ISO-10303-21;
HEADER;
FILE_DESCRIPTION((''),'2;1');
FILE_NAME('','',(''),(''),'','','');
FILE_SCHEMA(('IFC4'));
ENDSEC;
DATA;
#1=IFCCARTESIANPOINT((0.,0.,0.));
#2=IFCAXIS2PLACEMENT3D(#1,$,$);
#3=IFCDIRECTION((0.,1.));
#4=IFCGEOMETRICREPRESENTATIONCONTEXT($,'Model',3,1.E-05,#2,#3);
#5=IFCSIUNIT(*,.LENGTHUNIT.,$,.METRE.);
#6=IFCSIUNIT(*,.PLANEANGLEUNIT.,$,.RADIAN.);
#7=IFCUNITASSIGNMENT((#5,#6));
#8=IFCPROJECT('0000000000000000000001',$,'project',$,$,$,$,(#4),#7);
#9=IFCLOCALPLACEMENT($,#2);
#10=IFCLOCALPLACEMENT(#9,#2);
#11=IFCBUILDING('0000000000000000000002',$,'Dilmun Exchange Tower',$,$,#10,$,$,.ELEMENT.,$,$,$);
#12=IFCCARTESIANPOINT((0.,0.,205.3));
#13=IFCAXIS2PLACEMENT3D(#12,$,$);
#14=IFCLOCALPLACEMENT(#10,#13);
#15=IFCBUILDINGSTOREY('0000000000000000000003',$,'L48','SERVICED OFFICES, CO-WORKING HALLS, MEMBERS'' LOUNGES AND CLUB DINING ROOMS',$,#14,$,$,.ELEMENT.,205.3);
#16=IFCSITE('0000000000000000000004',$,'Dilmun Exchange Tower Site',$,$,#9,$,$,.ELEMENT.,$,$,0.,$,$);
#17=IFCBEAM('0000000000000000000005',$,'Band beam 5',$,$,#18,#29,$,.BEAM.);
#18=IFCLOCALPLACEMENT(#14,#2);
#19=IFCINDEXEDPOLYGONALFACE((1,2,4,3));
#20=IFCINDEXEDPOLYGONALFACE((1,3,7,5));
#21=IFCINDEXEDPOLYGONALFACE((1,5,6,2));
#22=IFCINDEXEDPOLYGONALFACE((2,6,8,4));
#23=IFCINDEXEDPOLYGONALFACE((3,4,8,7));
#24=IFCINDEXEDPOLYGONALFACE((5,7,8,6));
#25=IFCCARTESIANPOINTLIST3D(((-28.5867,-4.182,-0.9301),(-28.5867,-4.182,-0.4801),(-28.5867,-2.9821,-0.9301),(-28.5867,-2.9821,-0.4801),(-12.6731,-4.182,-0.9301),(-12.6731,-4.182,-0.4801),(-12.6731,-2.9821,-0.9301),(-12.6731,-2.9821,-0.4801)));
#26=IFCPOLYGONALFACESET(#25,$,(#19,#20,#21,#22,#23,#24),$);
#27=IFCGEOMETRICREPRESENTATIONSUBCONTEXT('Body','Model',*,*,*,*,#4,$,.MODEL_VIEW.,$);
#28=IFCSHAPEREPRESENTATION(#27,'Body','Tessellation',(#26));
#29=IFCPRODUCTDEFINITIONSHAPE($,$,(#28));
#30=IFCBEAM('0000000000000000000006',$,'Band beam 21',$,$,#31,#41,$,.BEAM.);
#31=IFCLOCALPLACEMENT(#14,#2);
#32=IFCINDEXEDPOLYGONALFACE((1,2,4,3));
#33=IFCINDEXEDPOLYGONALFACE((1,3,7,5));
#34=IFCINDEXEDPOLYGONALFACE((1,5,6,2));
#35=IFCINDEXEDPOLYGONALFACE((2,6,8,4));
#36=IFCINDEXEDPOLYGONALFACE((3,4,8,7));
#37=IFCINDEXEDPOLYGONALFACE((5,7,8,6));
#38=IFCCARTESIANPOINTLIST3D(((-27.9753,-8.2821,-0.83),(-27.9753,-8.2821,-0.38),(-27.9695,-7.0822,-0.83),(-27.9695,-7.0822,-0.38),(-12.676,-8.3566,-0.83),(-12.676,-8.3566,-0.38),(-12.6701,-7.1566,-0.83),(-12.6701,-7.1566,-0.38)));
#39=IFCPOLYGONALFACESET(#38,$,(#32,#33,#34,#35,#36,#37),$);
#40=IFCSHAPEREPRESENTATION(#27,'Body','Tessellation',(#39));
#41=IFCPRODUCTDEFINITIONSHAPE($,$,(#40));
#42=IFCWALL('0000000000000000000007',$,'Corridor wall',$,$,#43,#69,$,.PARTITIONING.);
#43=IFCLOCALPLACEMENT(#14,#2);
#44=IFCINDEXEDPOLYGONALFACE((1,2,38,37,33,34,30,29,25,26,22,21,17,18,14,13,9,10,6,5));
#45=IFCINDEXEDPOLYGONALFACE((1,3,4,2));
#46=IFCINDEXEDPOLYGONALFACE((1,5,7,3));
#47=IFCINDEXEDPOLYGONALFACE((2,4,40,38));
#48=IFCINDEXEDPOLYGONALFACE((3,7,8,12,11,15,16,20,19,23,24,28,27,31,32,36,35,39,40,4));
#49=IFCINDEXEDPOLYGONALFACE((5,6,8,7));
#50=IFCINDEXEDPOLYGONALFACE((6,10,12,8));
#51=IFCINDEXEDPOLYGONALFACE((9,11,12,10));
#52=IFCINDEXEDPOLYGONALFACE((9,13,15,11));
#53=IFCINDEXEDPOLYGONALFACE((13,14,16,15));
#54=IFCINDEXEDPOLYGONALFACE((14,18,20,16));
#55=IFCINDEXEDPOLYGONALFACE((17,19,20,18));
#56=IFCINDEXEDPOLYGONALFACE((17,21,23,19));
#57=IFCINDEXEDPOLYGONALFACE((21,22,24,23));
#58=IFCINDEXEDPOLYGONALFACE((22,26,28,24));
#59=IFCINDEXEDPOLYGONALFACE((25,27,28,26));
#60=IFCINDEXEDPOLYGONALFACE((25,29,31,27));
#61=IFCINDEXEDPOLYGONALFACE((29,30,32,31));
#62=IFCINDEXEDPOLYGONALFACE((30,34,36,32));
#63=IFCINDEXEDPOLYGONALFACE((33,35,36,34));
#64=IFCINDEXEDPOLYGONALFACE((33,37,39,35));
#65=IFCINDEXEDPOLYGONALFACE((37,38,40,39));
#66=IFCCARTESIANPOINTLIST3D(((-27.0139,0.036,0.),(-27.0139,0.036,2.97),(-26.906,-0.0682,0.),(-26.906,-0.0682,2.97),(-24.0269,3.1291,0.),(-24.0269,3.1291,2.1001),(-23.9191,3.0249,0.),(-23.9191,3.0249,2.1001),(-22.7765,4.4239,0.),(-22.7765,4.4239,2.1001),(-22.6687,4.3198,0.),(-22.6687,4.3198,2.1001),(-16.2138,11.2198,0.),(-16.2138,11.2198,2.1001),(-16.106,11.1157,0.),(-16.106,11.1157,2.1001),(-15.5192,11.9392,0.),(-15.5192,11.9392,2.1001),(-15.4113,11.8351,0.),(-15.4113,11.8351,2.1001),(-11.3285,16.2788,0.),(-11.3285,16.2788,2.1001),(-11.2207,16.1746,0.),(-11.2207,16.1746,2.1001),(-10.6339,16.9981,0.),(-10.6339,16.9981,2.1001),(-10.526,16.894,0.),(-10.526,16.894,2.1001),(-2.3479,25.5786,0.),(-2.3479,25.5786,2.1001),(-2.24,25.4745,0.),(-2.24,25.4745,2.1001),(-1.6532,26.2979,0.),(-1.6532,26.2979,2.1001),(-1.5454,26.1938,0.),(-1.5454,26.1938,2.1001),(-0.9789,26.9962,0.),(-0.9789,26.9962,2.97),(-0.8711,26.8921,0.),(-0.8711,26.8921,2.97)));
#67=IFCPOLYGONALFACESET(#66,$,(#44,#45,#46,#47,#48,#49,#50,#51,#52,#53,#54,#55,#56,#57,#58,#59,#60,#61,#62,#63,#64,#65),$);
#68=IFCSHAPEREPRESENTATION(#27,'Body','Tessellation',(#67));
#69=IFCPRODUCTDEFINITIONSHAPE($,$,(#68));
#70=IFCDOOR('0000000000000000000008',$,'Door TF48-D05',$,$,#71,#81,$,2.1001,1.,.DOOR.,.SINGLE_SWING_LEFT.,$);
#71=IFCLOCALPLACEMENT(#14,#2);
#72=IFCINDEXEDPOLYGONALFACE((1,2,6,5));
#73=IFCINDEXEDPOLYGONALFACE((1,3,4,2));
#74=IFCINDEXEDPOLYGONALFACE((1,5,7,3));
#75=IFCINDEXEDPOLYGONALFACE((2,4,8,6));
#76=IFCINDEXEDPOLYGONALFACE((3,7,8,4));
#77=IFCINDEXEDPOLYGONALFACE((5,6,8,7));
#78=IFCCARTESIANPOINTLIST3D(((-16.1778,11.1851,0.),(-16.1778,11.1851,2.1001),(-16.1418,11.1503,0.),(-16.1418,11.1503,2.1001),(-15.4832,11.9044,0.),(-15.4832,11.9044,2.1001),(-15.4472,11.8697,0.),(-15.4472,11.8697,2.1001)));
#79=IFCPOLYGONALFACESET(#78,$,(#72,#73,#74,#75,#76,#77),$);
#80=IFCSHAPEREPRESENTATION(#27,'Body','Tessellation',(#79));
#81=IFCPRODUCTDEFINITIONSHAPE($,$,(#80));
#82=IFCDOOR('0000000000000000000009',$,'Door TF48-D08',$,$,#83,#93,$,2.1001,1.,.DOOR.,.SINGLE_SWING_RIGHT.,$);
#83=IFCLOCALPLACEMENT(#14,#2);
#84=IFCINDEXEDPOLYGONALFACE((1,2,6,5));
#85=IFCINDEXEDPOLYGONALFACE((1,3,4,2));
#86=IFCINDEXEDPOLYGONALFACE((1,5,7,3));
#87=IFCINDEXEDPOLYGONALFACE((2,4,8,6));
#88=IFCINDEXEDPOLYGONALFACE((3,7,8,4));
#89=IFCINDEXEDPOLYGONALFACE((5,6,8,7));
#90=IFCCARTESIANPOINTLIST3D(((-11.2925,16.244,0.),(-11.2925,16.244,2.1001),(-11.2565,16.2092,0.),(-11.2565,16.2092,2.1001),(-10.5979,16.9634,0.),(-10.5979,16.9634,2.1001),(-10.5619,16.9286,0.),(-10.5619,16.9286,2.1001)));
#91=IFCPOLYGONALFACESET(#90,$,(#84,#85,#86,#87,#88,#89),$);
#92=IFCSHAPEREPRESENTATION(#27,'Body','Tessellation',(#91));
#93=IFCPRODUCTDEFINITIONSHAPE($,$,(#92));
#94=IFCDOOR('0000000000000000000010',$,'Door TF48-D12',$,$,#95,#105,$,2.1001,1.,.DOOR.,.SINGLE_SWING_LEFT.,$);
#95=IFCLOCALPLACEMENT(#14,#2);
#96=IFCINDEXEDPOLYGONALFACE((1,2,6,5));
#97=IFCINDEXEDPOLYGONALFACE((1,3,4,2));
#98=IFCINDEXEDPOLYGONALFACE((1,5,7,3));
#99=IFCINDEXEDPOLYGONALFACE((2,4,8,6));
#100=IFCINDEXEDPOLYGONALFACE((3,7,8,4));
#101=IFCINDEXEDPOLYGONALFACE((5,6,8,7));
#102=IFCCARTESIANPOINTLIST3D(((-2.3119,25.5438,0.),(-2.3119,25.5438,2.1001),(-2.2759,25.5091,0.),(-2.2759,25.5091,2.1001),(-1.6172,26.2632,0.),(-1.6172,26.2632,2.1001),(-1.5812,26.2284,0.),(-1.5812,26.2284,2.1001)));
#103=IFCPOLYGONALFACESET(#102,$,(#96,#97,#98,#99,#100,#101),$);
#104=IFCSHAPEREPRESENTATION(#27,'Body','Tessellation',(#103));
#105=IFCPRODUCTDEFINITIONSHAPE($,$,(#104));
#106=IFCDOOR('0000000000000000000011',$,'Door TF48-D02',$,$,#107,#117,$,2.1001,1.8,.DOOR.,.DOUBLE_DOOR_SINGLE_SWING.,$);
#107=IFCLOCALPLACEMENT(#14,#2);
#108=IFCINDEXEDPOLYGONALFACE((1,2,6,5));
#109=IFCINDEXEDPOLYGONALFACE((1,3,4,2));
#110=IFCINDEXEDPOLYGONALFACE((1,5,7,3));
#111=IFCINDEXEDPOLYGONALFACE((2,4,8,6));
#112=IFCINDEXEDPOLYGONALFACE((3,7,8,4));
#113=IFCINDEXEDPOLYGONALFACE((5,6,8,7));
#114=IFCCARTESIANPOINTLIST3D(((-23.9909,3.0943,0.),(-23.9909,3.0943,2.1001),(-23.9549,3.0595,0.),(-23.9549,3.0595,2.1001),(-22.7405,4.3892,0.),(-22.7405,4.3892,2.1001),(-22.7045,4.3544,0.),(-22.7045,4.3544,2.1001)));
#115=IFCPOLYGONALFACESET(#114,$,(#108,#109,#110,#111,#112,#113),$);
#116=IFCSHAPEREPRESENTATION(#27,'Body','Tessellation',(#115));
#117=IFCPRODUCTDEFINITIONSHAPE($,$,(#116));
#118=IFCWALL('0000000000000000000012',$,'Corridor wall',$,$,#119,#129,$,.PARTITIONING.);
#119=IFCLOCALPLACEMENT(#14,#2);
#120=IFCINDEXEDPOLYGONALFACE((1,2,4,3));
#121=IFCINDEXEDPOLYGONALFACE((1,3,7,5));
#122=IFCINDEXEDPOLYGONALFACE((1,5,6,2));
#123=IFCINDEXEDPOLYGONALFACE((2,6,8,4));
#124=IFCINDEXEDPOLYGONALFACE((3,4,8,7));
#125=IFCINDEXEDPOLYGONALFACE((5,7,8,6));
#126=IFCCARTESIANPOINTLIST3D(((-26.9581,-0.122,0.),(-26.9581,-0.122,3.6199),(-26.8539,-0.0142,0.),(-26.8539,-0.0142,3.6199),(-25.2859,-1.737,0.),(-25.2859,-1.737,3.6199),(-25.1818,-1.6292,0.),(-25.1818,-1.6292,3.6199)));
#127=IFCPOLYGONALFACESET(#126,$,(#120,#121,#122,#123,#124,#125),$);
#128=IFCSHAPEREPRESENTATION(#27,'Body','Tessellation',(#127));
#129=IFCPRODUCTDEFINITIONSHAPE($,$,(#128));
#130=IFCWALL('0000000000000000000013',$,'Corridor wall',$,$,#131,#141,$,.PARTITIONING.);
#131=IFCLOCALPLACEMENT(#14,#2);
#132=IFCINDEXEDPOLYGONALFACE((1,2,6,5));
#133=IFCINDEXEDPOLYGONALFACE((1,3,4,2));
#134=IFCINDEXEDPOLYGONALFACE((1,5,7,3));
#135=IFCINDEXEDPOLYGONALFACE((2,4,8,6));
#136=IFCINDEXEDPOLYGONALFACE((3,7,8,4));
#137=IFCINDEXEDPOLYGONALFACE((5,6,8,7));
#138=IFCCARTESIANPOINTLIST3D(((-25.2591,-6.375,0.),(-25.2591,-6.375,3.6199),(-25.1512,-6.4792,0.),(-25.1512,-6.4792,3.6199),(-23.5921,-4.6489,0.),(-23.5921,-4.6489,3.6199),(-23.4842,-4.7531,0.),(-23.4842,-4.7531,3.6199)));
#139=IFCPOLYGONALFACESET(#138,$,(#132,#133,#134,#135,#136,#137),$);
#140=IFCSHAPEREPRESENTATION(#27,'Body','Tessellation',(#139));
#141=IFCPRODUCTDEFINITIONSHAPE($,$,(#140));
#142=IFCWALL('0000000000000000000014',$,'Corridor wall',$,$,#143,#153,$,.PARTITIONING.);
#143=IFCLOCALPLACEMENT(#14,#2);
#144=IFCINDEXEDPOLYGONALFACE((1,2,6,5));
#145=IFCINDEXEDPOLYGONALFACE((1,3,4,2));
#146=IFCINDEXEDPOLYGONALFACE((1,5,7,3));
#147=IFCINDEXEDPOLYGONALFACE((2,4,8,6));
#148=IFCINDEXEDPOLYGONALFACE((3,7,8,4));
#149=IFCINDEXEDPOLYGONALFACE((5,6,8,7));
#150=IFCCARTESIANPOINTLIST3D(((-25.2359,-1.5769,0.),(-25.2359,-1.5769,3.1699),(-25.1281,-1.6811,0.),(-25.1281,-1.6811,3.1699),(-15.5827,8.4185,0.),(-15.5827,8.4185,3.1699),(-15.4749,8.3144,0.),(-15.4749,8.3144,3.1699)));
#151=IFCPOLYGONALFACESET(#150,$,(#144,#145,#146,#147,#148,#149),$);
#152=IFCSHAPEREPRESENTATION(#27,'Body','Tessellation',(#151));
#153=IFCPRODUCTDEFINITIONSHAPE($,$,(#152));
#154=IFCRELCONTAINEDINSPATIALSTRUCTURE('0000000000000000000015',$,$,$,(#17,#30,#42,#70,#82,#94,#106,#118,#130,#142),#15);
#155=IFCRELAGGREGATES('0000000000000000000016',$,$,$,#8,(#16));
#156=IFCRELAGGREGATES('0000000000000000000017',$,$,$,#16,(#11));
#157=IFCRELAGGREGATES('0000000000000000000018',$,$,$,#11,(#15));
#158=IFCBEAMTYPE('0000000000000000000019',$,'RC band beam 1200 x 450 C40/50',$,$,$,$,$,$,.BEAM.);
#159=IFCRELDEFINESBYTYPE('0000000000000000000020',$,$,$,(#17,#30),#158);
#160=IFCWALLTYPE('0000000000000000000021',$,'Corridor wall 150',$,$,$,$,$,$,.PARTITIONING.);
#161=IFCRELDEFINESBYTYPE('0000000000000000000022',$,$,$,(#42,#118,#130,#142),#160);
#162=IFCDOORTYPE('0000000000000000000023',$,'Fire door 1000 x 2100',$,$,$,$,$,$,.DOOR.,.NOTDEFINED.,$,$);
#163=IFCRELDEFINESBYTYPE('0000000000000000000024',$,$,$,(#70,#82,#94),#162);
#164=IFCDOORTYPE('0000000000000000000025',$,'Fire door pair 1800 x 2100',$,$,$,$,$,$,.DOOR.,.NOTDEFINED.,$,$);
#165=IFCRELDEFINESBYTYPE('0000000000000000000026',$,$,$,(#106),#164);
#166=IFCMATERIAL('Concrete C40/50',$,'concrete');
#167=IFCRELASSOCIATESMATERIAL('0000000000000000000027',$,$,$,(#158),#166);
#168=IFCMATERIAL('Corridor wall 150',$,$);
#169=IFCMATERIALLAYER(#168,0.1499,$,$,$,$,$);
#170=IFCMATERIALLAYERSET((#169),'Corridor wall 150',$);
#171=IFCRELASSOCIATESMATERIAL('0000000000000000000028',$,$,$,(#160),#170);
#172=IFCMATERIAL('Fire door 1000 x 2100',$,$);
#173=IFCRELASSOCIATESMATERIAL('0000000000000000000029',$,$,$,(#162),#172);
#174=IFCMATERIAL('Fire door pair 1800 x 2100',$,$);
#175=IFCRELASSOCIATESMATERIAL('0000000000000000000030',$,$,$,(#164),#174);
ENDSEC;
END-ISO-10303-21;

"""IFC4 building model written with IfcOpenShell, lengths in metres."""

from ifc_helpers import new_model, si_unit, direction, frame, frame_2d, origin, origin_2d, place, context, subcontext, project, spatial, rectangle, extrude, material, layer, layer_set, material_profile, profile_set, type_object, element, fill, save


model = new_model("IFC4")

# Units and contexts
model_context = context("Model", 3, precision=1e-05, world=origin(), true_north=direction((0.0, 1.0)))
body_context = subcontext(model_context, "Body", "Model", "MODEL_VIEW")
ifc_project = project(units=[si_unit("LENGTHUNIT", "METRE"), si_unit("PLANEANGLEUNIT", "RADIAN")], contexts=[model_context])

# Site, building, storey
site_placement = place(None, origin())
site = spatial("IfcSite", under=ifc_project, at=site_placement, Name="Dilmun Exchange Tower Site", CompositionType="ELEMENT", RefElevation=0.0)
building_placement = place(site_placement, origin())
building = spatial("IfcBuilding", under=site, at=building_placement, Name="Dilmun Exchange Tower", CompositionType="ELEMENT")
storey_placement = place(building_placement, frame((0.0, 0.0, 205.3)))
storey = spatial("IfcBuildingStorey", under=building, at=storey_placement, Name="L48", Description="SERVICED OFFICES, CO-WORKING HALLS, MEMBERS' LOUNGES AND CLUB DINING ROOMS", CompositionType="ELEMENT", Elevation=205.3)

# Beams
ifc_material_1 = material(Name="Concrete C40/50", Category="concrete")
ifc_material_profile = material_profile(ifc_material_1, rectangle(XDim=1.2, YDim=0.45, at=origin_2d()), Name="1200 x 450")
ifc_profile_set = profile_set([ifc_material_profile], Name="Concrete C40/50")
beam_type = type_object("IfcBeamType", Name="RC band beam 1200 x 450 C40/50", PredefinedType="BEAM", material=ifc_profile_set)
beam_1_placement = place(storey_placement, frame((-28.5867, -3.582, -0.7051), z_axis=(1.0, 0.0, 0.0), x_axis=(0.0, 1.0, 0.0)))
element("IfcBeam", 1, at=beam_1_placement, inside=storey, type_object=beam_type, Name="Band beam 5", PredefinedType="BEAM", context=body_context, shape_type="SweptSolid", body=[
    extrude(rectangle(XDim=1.2, YDim=0.45, at=origin_2d()), origin(), (0.0, 0.0, 1.0), 15.9136),
])
beam_2_placement = place(storey_placement, frame((-27.9724, -7.6821, -0.605), z_axis=(0.999988, -0.004867, 0.0), x_axis=(0.004867, 0.999988, 0.0)))
element("IfcBeam", 2, at=beam_2_placement, inside=storey, type_object=beam_type, Name="Band beam 21", PredefinedType="BEAM", context=body_context, shape_type="SweptSolid", body=[
    extrude(rectangle(XDim=1.2, YDim=0.45, at=origin_2d()), origin(), (0.0, 0.0, 1.0), 15.2996),
])

# Wall, openings, doors
ifc_material_2 = material(Name="Corridor wall 150")
ifc_layer = layer(ifc_material_2, 0.1499)
ifc_layer_set = layer_set([ifc_layer], Name="Corridor wall 150")
wall_type = type_object("IfcWallType", Name="Corridor wall 150", PredefinedType="PARTITIONING", material=ifc_layer_set)
wall_1_placement = place(storey_placement, frame((-26.96, -0.0161, 0.0), z_axis=(0.0, 0.0, 1.0), x_axis=(0.694655, 0.719343, 0.0)))
wall_1 = element("IfcWall", 3, at=wall_1_placement, inside=storey, type_object=wall_type, Name="Corridor wall", PredefinedType="PARTITIONING", context=body_context, shape_type="SweptSolid", body=[
    extrude(rectangle(XDim=37.479, YDim=0.1499, at=frame_2d((18.7395, 0.0))), origin(), (0.0, 0.0, 1.0), 2.97),
])
opening_1_placement = place(wall_1_placement, frame((4.3, 0.0, 0.0)))
opening_1 = element("IfcOpeningElement", 4, at=opening_1_placement, cuts=wall_1, PredefinedType="OPENING", context=body_context, shape_type="SweptSolid", body=[
    extrude(rectangle(XDim=1.8, YDim=2.1001, at=frame_2d((0.8999, 1.05))), frame((0.0, 0.085, 0.0), z_axis=(0.0, -1.0, 0.0), x_axis=(1.0, 0.0, 0.0)), (0.0, 0.0, 1.0), 0.1699),
])
opening_2_placement = place(wall_1_placement, frame((15.5474, 0.0, 0.0)))
opening_2 = element("IfcOpeningElement", 5, at=opening_2_placement, cuts=wall_1, PredefinedType="OPENING", context=body_context, shape_type="SweptSolid", body=[
    extrude(rectangle(XDim=1.0, YDim=2.1001, at=frame_2d((0.5, 1.05))), frame((0.0, 0.085, 0.0), z_axis=(0.0, -1.0, 0.0), x_axis=(1.0, 0.0, 0.0)), (0.0, 0.0, 1.0), 0.1699),
])
opening_3_placement = place(wall_1_placement, frame((22.5801, 0.0, 0.0)))
opening_3 = element("IfcOpeningElement", 6, at=opening_3_placement, cuts=wall_1, PredefinedType="OPENING", context=body_context, shape_type="SweptSolid", body=[
    extrude(rectangle(XDim=1.0, YDim=2.1001, at=frame_2d((0.5, 1.05))), frame((0.0, 0.085, 0.0), z_axis=(0.0, -1.0, 0.0), x_axis=(1.0, 0.0, 0.0)), (0.0, 0.0, 1.0), 0.1699),
])
opening_4_placement = place(wall_1_placement, frame((35.5083, 0.0, 0.0)))
opening_4 = element("IfcOpeningElement", 7, at=opening_4_placement, cuts=wall_1, PredefinedType="OPENING", context=body_context, shape_type="SweptSolid", body=[
    extrude(rectangle(XDim=1.0, YDim=2.1001, at=frame_2d((0.5, 1.05))), frame((0.0, 0.085, 0.0), z_axis=(0.0, -1.0, 0.0), x_axis=(1.0, 0.0, 0.0)), (0.0, 0.0, 1.0), 0.1699),
])
ifc_material_3 = material(Name="Fire door 1000 x 2100")
door_type_1 = type_object("IfcDoorType", Name="Fire door 1000 x 2100", OperationType="NOTDEFINED", PredefinedType="DOOR", material=ifc_material_3)
door_1_placement = place(opening_2_placement, origin())
door_1 = element("IfcDoor", 8, at=door_1_placement, inside=storey, type_object=door_type_1, Name="Door TF48-D05", OperationType="SINGLE_SWING_LEFT", OverallHeight=2.1001, OverallWidth=1.0, PredefinedType="DOOR", context=body_context, shape_type="SweptSolid", body=[
    extrude(rectangle(XDim=1.0, YDim=2.1001, at=frame_2d((0.5, 1.05))), frame((0.0, 0.0249, 0.0), z_axis=(0.0, -1.0, 0.0), x_axis=(1.0, 0.0, 0.0)), (0.0, 0.0, 1.0), 0.05),
])
fill(opening_2, door_1)
door_2_placement = place(opening_3_placement, origin())
door_2 = element("IfcDoor", 9, at=door_2_placement, inside=storey, type_object=door_type_1, Name="Door TF48-D08", OperationType="SINGLE_SWING_RIGHT", OverallHeight=2.1001, OverallWidth=1.0, PredefinedType="DOOR", context=body_context, shape_type="SweptSolid", body=[
    extrude(rectangle(XDim=1.0, YDim=2.1001, at=frame_2d((0.5, 1.05))), frame((0.0, 0.0249, 0.0), z_axis=(0.0, -1.0, 0.0), x_axis=(1.0, 0.0, 0.0)), (0.0, 0.0, 1.0), 0.05),
])
fill(opening_3, door_2)
door_3_placement = place(opening_4_placement, origin())
door_3 = element("IfcDoor", 10, at=door_3_placement, inside=storey, type_object=door_type_1, Name="Door TF48-D12", OperationType="SINGLE_SWING_LEFT", OverallHeight=2.1001, OverallWidth=1.0, PredefinedType="DOOR", context=body_context, shape_type="SweptSolid", body=[
    extrude(rectangle(XDim=1.0, YDim=2.1001, at=frame_2d((0.5, 1.05))), frame((0.0, 0.0249, 0.0), z_axis=(0.0, -1.0, 0.0), x_axis=(1.0, 0.0, 0.0)), (0.0, 0.0, 1.0), 0.05),
])
fill(opening_4, door_3)
ifc_material_4 = material(Name="Fire door pair 1800 x 2100")
door_type_2 = type_object("IfcDoorType", Name="Fire door pair 1800 x 2100", OperationType="NOTDEFINED", PredefinedType="DOOR", material=ifc_material_4)
door_4_placement = place(opening_1_placement, origin())
door_4 = element("IfcDoor", 11, at=door_4_placement, inside=storey, type_object=door_type_2, Name="Door TF48-D02", OperationType="DOUBLE_DOOR_SINGLE_SWING", OverallHeight=2.1001, OverallWidth=1.8, PredefinedType="DOOR", context=body_context, shape_type="SweptSolid", body=[
    extrude(rectangle(XDim=1.8, YDim=2.1001, at=frame_2d((0.8999, 1.05))), frame((0.0, 0.0249, 0.0), z_axis=(0.0, -1.0, 0.0), x_axis=(1.0, 0.0, 0.0)), (0.0, 0.0, 1.0), 0.05),
])
fill(opening_1, door_4)

# Walls
wall_2_placement = place(storey_placement, frame((-26.906, -0.0681, 0.0), z_axis=(0.0, 0.0, 1.0), x_axis=(0.719287, -0.694713, 0.0)))
element("IfcWall", 12, at=wall_2_placement, inside=storey, type_object=wall_type, Name="Corridor wall", PredefinedType="PARTITIONING", context=body_context, shape_type="SweptSolid", body=[
    extrude(rectangle(XDim=2.3247, YDim=0.1499, at=frame_2d((1.1624, 0.0))), origin(), (0.0, 0.0, 1.0), 3.6199),
])
wall_3_placement = place(storey_placement, frame((-25.2051, -6.427, 0.0), z_axis=(0.0, 0.0, 1.0), x_axis=(0.694689, 0.71931, 0.0)))
element("IfcWall", 13, at=wall_3_placement, inside=storey, type_object=wall_type, Name="Corridor wall", PredefinedType="PARTITIONING", context=body_context, shape_type="SweptSolid", body=[
    extrude(rectangle(XDim=2.3997, YDim=0.1499, at=frame_2d((1.1997, 0.0))), origin(), (0.0, 0.0, 1.0), 3.6199),
])
wall_4_placement = place(storey_placement, frame((-25.1819, -1.6289, 0.0), z_axis=(0.0, 0.0, 1.0), x_axis=(0.694683, 0.719316, 0.0)))
element("IfcWall", 14, at=wall_4_placement, inside=storey, type_object=wall_type, Name="Corridor wall", PredefinedType="PARTITIONING", context=body_context, shape_type="SweptSolid", body=[
    extrude(rectangle(XDim=13.8958, YDim=0.1499, at=frame_2d((6.9478, 0.0))), origin(), (0.0, 0.0, 1.0), 3.1699),
])

save(model, "model.ifc")
